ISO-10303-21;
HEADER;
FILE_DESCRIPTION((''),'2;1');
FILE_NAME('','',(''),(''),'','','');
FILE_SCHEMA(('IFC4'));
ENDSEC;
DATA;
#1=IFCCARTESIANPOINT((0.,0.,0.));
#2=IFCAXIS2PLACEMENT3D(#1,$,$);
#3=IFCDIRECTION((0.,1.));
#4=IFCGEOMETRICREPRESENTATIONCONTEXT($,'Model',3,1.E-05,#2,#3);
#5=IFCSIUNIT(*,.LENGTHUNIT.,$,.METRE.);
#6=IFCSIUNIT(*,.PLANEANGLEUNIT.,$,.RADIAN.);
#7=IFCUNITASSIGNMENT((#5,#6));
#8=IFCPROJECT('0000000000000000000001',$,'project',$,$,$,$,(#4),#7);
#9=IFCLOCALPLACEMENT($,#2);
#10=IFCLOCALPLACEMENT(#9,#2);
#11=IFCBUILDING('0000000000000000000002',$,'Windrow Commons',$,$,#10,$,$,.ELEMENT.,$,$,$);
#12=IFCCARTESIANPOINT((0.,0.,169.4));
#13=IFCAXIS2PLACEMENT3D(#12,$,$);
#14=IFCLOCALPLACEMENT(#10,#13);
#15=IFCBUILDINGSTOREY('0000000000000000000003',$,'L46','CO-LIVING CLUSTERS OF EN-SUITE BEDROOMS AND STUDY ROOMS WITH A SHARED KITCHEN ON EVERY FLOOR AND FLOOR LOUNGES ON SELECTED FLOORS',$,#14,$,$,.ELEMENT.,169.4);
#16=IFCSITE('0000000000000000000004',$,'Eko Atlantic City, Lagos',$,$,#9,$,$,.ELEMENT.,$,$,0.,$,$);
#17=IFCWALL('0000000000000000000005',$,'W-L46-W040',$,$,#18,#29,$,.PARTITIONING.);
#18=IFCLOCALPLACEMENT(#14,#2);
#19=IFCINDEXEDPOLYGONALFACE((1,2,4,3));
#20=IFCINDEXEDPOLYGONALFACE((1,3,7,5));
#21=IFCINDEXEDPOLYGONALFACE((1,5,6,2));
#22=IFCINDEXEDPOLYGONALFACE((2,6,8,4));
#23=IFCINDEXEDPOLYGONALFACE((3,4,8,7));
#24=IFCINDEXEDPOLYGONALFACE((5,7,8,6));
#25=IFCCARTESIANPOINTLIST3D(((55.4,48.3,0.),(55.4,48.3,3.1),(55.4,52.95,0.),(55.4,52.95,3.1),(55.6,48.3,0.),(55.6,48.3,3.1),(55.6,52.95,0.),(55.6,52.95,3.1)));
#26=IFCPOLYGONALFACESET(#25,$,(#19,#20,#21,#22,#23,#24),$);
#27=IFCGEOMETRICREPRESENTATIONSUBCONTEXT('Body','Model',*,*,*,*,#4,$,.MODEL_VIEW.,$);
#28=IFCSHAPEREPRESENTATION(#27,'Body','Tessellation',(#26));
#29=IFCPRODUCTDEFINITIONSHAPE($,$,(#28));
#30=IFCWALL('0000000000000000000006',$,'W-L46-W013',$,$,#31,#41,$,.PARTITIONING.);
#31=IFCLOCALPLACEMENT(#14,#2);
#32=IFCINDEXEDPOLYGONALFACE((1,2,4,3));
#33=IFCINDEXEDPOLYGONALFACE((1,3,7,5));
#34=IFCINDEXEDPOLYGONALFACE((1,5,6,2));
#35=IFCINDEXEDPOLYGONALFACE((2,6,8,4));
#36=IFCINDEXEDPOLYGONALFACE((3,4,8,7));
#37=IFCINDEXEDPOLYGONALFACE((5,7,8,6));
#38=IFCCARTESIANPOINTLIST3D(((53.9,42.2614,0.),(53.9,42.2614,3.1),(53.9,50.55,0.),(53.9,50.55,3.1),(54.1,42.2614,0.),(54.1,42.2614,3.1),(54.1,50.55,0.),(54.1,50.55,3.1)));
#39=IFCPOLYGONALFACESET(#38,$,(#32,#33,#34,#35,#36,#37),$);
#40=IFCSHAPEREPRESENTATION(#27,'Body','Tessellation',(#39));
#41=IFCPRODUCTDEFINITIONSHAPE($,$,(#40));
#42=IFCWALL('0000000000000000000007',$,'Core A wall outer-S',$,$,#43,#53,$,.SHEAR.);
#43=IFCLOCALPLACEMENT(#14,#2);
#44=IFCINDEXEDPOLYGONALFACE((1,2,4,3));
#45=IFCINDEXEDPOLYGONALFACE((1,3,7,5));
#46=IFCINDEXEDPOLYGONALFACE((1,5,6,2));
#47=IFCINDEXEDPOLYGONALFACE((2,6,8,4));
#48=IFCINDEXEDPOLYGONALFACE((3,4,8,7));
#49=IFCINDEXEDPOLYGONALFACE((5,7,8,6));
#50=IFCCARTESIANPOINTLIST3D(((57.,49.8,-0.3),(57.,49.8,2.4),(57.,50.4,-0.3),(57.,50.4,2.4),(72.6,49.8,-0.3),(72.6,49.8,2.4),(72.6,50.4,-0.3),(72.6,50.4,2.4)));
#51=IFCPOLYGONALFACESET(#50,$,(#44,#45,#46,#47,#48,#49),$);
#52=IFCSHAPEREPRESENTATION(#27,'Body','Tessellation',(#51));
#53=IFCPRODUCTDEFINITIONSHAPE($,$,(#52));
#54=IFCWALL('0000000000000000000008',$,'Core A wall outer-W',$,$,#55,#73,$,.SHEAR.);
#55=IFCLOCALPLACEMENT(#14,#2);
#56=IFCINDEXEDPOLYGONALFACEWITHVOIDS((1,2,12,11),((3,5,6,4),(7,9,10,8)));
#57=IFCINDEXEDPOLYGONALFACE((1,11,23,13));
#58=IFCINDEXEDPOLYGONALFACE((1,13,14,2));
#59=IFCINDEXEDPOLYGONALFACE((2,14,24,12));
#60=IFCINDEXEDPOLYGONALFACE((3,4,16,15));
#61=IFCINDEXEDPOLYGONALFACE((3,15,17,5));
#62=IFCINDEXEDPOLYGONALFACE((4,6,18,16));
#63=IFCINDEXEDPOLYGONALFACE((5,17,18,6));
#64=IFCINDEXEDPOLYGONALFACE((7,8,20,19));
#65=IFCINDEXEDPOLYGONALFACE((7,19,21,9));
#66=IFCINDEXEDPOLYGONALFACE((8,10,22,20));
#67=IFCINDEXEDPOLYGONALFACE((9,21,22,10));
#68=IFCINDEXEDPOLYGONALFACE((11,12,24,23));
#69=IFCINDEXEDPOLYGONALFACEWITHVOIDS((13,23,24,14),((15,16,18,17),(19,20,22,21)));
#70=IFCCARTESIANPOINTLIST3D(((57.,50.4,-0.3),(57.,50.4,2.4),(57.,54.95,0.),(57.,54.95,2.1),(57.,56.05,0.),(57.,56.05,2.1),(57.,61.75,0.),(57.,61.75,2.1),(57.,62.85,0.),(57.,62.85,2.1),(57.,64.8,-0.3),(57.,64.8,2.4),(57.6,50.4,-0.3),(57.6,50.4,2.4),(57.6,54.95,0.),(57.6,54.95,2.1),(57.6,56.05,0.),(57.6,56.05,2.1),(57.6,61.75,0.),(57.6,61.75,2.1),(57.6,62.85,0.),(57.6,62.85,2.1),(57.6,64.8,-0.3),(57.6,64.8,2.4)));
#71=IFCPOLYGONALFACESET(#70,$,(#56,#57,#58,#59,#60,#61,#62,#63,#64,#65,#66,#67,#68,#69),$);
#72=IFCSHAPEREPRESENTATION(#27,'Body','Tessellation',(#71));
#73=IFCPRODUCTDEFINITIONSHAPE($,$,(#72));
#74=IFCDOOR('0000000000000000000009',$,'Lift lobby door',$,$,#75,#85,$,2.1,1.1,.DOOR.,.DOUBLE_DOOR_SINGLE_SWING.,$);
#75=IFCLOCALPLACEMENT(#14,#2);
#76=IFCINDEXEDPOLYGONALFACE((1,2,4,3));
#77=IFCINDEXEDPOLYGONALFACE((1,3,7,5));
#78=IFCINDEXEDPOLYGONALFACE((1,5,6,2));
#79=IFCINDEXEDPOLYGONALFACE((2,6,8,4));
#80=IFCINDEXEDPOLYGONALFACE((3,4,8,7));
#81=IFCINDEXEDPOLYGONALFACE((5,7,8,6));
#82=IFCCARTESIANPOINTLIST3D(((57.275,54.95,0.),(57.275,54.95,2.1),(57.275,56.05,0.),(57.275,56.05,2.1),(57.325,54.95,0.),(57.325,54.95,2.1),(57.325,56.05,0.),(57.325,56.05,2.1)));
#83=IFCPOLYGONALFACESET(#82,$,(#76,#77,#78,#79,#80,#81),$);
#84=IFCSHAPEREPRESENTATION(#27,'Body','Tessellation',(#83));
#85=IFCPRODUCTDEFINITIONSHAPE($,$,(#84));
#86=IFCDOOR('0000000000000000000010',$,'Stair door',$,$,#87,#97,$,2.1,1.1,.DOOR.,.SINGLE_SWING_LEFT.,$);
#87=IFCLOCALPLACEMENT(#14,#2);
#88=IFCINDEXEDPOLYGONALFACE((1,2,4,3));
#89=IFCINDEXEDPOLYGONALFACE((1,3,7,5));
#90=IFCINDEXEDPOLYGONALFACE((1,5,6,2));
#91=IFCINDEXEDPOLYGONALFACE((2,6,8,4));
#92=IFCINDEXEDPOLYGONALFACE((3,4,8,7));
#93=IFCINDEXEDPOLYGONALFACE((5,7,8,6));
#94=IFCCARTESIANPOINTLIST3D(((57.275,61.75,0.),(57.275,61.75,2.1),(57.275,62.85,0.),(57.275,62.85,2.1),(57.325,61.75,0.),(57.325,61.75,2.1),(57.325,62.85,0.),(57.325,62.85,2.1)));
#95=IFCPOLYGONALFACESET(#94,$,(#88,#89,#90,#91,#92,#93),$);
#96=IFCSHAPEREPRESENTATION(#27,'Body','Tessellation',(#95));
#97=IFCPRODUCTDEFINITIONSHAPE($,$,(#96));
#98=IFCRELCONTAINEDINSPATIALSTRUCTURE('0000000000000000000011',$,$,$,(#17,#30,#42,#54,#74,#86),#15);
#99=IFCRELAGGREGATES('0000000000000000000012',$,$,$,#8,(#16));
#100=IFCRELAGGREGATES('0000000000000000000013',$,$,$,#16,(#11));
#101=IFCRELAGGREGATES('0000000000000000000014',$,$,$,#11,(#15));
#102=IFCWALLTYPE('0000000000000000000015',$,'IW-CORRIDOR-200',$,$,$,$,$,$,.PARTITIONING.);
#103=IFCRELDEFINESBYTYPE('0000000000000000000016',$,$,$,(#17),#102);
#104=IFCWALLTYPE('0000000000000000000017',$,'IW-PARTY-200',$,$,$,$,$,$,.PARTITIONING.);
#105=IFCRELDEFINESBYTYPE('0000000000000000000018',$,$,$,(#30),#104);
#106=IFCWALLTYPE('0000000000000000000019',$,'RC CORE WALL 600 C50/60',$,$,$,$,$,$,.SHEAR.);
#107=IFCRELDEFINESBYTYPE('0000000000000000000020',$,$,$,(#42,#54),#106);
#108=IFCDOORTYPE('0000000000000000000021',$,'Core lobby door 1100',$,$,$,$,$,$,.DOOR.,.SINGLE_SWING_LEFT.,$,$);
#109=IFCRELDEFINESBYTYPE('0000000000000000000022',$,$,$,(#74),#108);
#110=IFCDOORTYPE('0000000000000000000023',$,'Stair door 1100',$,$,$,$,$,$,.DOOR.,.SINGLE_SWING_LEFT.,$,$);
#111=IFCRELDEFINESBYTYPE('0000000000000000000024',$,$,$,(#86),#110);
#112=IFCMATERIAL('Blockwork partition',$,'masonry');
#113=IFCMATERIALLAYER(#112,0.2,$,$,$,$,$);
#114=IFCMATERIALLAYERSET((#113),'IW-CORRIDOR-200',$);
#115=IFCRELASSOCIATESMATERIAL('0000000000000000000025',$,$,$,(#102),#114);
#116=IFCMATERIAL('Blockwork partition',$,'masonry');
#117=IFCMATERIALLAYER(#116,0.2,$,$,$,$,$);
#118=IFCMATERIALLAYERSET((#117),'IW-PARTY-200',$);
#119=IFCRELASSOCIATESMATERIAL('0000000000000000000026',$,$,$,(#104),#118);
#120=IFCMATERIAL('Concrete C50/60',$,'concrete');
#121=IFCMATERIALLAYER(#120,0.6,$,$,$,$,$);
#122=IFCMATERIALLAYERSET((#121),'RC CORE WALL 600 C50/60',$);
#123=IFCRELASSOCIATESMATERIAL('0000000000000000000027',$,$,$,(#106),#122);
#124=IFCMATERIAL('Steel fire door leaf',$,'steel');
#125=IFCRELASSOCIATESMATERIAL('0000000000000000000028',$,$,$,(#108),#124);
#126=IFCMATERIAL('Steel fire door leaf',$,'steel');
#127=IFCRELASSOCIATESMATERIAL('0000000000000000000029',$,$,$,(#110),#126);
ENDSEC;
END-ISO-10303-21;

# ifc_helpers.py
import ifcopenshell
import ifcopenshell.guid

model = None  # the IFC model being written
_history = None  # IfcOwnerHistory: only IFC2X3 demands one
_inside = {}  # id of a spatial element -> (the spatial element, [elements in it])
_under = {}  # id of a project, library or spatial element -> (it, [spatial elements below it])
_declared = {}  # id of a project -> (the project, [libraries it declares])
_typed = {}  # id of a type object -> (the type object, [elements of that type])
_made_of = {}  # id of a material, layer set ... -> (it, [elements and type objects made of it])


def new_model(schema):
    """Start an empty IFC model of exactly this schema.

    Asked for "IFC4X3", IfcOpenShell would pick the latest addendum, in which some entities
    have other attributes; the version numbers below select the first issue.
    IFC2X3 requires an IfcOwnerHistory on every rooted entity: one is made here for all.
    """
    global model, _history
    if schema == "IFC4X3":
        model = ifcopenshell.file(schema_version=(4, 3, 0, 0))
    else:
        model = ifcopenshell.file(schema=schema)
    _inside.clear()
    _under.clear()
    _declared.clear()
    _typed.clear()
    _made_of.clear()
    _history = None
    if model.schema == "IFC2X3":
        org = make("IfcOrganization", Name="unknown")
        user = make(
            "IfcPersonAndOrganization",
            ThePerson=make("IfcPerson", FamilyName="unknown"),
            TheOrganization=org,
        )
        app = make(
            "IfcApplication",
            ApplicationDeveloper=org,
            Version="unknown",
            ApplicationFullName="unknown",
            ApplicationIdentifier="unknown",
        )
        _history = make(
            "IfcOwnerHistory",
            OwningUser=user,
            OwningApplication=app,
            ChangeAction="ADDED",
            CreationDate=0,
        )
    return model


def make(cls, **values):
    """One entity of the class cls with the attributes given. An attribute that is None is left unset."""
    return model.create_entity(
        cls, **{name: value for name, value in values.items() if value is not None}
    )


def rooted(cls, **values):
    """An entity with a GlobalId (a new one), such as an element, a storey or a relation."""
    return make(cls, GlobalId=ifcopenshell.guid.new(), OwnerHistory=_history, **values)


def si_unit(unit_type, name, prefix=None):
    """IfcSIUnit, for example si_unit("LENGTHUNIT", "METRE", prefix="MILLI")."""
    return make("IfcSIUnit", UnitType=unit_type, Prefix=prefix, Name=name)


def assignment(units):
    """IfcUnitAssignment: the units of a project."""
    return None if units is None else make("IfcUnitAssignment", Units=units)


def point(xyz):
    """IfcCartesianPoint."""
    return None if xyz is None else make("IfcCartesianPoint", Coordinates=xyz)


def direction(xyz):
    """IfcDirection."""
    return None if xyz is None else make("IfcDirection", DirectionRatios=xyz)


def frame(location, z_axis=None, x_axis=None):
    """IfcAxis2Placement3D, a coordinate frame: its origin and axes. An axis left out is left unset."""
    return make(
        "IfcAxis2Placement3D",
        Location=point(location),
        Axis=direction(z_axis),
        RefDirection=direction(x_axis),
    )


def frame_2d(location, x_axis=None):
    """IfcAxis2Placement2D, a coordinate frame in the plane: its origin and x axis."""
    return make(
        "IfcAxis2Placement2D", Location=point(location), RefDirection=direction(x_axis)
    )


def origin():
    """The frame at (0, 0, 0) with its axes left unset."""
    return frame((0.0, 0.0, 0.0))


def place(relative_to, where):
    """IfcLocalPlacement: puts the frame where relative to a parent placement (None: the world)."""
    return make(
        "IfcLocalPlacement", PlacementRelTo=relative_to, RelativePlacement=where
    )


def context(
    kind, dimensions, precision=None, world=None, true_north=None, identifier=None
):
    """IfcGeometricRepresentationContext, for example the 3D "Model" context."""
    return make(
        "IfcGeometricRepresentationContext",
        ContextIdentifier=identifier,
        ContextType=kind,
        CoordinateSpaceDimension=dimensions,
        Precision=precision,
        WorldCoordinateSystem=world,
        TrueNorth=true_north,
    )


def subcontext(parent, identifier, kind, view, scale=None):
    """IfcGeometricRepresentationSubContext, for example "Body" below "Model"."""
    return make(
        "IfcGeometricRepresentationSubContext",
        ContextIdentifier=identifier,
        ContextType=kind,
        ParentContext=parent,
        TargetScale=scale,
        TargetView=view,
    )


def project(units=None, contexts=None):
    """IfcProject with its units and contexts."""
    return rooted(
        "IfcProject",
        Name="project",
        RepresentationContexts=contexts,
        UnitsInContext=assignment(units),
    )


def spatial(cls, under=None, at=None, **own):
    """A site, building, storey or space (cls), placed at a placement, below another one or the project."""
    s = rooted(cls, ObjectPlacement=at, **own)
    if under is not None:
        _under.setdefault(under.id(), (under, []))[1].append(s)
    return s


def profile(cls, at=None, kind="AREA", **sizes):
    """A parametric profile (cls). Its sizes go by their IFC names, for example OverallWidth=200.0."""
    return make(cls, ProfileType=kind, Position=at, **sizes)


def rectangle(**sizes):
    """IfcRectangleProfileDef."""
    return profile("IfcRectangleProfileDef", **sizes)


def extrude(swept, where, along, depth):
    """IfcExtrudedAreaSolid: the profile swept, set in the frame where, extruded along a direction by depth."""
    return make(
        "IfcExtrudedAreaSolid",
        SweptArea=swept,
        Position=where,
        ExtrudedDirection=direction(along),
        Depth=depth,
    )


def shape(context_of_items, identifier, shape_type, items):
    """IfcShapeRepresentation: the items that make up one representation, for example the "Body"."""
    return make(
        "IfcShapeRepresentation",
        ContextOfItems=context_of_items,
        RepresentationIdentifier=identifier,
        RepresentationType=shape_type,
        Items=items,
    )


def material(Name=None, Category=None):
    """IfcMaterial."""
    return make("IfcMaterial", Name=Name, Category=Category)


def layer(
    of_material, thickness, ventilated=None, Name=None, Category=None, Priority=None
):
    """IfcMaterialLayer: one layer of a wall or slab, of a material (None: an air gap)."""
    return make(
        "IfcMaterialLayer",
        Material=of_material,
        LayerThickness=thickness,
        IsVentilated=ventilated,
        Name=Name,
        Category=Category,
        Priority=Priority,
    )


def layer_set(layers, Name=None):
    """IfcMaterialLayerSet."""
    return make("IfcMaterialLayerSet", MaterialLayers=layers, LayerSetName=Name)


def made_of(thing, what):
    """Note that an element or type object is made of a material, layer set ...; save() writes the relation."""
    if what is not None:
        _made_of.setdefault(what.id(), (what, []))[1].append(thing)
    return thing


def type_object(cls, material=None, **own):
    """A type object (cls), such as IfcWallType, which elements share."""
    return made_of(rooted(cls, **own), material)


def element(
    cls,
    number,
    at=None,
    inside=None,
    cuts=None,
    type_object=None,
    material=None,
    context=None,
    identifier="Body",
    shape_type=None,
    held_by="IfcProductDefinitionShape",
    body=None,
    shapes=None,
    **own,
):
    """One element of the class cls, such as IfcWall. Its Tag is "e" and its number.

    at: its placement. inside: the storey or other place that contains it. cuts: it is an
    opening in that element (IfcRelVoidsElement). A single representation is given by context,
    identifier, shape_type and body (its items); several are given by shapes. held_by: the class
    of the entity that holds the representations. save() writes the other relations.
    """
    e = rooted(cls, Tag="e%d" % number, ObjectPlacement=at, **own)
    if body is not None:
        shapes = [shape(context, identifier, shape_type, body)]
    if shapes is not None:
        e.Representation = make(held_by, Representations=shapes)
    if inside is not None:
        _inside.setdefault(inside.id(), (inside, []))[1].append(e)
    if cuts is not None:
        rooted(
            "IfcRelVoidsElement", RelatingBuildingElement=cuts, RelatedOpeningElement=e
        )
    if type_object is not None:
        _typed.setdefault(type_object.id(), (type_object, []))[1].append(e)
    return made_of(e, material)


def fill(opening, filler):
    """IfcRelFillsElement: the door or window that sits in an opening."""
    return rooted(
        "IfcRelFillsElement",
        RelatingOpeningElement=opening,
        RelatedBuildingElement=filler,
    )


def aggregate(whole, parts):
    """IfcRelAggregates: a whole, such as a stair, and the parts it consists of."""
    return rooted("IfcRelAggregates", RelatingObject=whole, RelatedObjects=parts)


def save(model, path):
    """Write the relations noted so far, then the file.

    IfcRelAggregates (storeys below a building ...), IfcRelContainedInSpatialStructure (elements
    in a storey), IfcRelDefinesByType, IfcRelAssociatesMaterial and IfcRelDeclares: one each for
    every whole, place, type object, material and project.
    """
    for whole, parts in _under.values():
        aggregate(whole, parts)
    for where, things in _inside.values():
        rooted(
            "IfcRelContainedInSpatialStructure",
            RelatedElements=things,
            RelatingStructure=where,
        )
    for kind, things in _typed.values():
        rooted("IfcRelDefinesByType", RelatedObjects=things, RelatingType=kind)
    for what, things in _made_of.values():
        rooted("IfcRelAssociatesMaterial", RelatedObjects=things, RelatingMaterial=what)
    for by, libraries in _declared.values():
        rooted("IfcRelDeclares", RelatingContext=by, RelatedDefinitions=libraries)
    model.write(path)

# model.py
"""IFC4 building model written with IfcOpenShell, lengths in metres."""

from ifc_helpers import new_model, si_unit, direction, frame, frame_2d, origin, place, context, subcontext, project, spatial, rectangle, extrude, material, layer, layer_set, type_object, element, fill, save


model = new_model("IFC4")

# Units and contexts
model_context = context("Model", 3, precision=1e-05, world=origin(), true_north=direction((0.0, 1.0)))
body_context = subcontext(model_context, "Body", "Model", "MODEL_VIEW")
ifc_project = project(units=[si_unit("LENGTHUNIT", "METRE"), si_unit("PLANEANGLEUNIT", "RADIAN")], contexts=[model_context])

# Site, building, storey
site_placement = place(None, origin())
site = spatial("IfcSite", under=ifc_project, at=site_placement, Name="Eko Atlantic City, Lagos", CompositionType="ELEMENT", RefElevation=0.0)
building_placement = place(site_placement, origin())
building = spatial("IfcBuilding", under=site, at=building_placement, Name="Windrow Commons", CompositionType="ELEMENT")
storey_placement = place(building_placement, frame((0.0, 0.0, 169.4)))
storey = spatial("IfcBuildingStorey", under=building, at=storey_placement, Name="L46", Description="CO-LIVING CLUSTERS OF EN-SUITE BEDROOMS AND STUDY ROOMS WITH A SHARED KITCHEN ON EVERY FLOOR AND FLOOR LOUNGES ON SELECTED FLOORS", CompositionType="ELEMENT", Elevation=169.4)

# Shared definitions
ifc_material_1 = material(Name="Blockwork partition", Category="masonry")
ifc_layer_1 = layer(ifc_material_1, 0.2)
ifc_layer_set_1 = layer_set([ifc_layer_1], Name="IW-CORRIDOR-200")
wall_type_1 = type_object("IfcWallType", Name="IW-CORRIDOR-200", PredefinedType="PARTITIONING", material=ifc_layer_set_1)

# Walls
wall_1_placement = place(storey_placement, frame((55.5, 48.3, 0.0), z_axis=(0.0, 0.0, 1.0), x_axis=(0.0, 1.0, 0.0)))
element("IfcWall", 1, at=wall_1_placement, inside=storey, type_object=wall_type_1, Name="W-L46-W040", PredefinedType="PARTITIONING", context=body_context, shape_type="SweptSolid", body=[
    extrude(rectangle(XDim=4.65, YDim=0.2, at=frame_2d((2.325, 0.0))), origin(), (0.0, 0.0, 1.0), 3.1),
])
ifc_material_2 = material(Name="Blockwork partition", Category="masonry")
ifc_layer_2 = layer(ifc_material_2, 0.2)
ifc_layer_set_2 = layer_set([ifc_layer_2], Name="IW-PARTY-200")
wall_type_2 = type_object("IfcWallType", Name="IW-PARTY-200", PredefinedType="PARTITIONING", material=ifc_layer_set_2)
wall_2_placement = place(storey_placement, frame((54.0, 42.2613, 0.0), z_axis=(0.0, 0.0, 1.0), x_axis=(0.0, 1.0, 0.0)))
element("IfcWall", 2, at=wall_2_placement, inside=storey, type_object=wall_type_2, Name="W-L46-W013", PredefinedType="PARTITIONING", context=body_context, shape_type="SweptSolid", body=[
    extrude(rectangle(XDim=8.2887, YDim=0.2, at=frame_2d((4.1444, 0.0))), origin(), (0.0, 0.0, 1.0), 3.1),
])
ifc_material_3 = material(Name="Concrete C50/60", Category="concrete")
ifc_layer_3 = layer(ifc_material_3, 0.6)
ifc_layer_set_3 = layer_set([ifc_layer_3], Name="RC CORE WALL 600 C50/60")
wall_type_3 = type_object("IfcWallType", Name="RC CORE WALL 600 C50/60", PredefinedType="SHEAR", material=ifc_layer_set_3)
wall_3_placement = place(storey_placement, frame((57.0, 50.1, -0.3), z_axis=(0.0, 0.0, 1.0), x_axis=(1.0, 0.0, 0.0)))
element("IfcWall", 3, at=wall_3_placement, inside=storey, type_object=wall_type_3, Name="Core A wall outer-S", PredefinedType="SHEAR", context=body_context, shape_type="SweptSolid", body=[
    extrude(rectangle(XDim=15.6, YDim=0.6, at=frame_2d((7.8, 0.0))), origin(), (0.0, 0.0, 1.0), 2.7),
])

# Wall, openings, doors
wall_4_placement = place(storey_placement, frame((57.3, 50.4, -0.3), z_axis=(0.0, 0.0, 1.0), x_axis=(0.0, 1.0, 0.0)))
wall_4 = element("IfcWall", 4, at=wall_4_placement, inside=storey, type_object=wall_type_3, Name="Core A wall outer-W", PredefinedType="SHEAR", context=body_context, shape_type="SweptSolid", body=[
    extrude(rectangle(XDim=14.4, YDim=0.6, at=frame_2d((7.2, 0.0))), origin(), (0.0, 0.0, 1.0), 2.7),
])
opening_1_placement = place(wall_4_placement, frame((4.55, 0.0, 0.3)))
opening_1 = element("IfcOpeningElement", 5, at=opening_1_placement, cuts=wall_4, PredefinedType="OPENING", context=body_context, shape_type="SweptSolid", body=[
    extrude(rectangle(XDim=1.1, YDim=2.1, at=frame_2d((0.55, 1.05))), frame((0.0, 0.31, 0.0), z_axis=(0.0, -1.0, 0.0), x_axis=(1.0, 0.0, 0.0)), (0.0, 0.0, 1.0), 0.62),
])
opening_2_placement = place(wall_4_placement, frame((11.35, 0.0, 0.3)))
opening_2 = element("IfcOpeningElement", 6, at=opening_2_placement, cuts=wall_4, PredefinedType="OPENING", context=body_context, shape_type="SweptSolid", body=[
    extrude(rectangle(XDim=1.1, YDim=2.1, at=frame_2d((0.55, 1.05))), frame((0.0, 0.31, 0.0), z_axis=(0.0, -1.0, 0.0), x_axis=(1.0, 0.0, 0.0)), (0.0, 0.0, 1.0), 0.62),
])
ifc_material_4 = material(Name="Steel fire door leaf", Category="steel")
door_type_1 = type_object("IfcDoorType", Name="Core lobby door 1100", OperationType="SINGLE_SWING_LEFT", PredefinedType="DOOR", material=ifc_material_4)
door_1_placement = place(opening_1_placement, origin())
door_1 = element("IfcDoor", 7, at=door_1_placement, inside=storey, type_object=door_type_1, Name="Lift lobby door", OperationType="DOUBLE_DOOR_SINGLE_SWING", OverallHeight=2.1, OverallWidth=1.1, PredefinedType="DOOR", context=body_context, shape_type="SweptSolid", body=[
    extrude(rectangle(XDim=1.1, YDim=2.1, at=frame_2d((0.55, 1.05))), frame((0.0, 0.025, 0.0), z_axis=(0.0, -1.0, 0.0), x_axis=(1.0, 0.0, 0.0)), (0.0, 0.0, 1.0), 0.05),
])
fill(opening_1, door_1)
ifc_material_5 = material(Name="Steel fire door leaf", Category="steel")
door_type_2 = type_object("IfcDoorType", Name="Stair door 1100", OperationType="SINGLE_SWING_LEFT", PredefinedType="DOOR", material=ifc_material_5)
door_2_placement = place(opening_2_placement, origin())
door_2 = element("IfcDoor", 8, at=door_2_placement, inside=storey, type_object=door_type_2, Name="Stair door", OperationType="SINGLE_SWING_LEFT", OverallHeight=2.1, OverallWidth=1.1, PredefinedType="DOOR", context=body_context, shape_type="SweptSolid", body=[
    extrude(rectangle(XDim=1.1, YDim=2.1, at=frame_2d((0.55, 1.05))), frame((0.0, 0.025, 0.0), z_axis=(0.0, -1.0, 0.0), x_axis=(1.0, 0.0, 0.0)), (0.0, 0.0, 1.0), 0.05),
])
fill(opening_2, door_2)

save(model, "model.ifc")
